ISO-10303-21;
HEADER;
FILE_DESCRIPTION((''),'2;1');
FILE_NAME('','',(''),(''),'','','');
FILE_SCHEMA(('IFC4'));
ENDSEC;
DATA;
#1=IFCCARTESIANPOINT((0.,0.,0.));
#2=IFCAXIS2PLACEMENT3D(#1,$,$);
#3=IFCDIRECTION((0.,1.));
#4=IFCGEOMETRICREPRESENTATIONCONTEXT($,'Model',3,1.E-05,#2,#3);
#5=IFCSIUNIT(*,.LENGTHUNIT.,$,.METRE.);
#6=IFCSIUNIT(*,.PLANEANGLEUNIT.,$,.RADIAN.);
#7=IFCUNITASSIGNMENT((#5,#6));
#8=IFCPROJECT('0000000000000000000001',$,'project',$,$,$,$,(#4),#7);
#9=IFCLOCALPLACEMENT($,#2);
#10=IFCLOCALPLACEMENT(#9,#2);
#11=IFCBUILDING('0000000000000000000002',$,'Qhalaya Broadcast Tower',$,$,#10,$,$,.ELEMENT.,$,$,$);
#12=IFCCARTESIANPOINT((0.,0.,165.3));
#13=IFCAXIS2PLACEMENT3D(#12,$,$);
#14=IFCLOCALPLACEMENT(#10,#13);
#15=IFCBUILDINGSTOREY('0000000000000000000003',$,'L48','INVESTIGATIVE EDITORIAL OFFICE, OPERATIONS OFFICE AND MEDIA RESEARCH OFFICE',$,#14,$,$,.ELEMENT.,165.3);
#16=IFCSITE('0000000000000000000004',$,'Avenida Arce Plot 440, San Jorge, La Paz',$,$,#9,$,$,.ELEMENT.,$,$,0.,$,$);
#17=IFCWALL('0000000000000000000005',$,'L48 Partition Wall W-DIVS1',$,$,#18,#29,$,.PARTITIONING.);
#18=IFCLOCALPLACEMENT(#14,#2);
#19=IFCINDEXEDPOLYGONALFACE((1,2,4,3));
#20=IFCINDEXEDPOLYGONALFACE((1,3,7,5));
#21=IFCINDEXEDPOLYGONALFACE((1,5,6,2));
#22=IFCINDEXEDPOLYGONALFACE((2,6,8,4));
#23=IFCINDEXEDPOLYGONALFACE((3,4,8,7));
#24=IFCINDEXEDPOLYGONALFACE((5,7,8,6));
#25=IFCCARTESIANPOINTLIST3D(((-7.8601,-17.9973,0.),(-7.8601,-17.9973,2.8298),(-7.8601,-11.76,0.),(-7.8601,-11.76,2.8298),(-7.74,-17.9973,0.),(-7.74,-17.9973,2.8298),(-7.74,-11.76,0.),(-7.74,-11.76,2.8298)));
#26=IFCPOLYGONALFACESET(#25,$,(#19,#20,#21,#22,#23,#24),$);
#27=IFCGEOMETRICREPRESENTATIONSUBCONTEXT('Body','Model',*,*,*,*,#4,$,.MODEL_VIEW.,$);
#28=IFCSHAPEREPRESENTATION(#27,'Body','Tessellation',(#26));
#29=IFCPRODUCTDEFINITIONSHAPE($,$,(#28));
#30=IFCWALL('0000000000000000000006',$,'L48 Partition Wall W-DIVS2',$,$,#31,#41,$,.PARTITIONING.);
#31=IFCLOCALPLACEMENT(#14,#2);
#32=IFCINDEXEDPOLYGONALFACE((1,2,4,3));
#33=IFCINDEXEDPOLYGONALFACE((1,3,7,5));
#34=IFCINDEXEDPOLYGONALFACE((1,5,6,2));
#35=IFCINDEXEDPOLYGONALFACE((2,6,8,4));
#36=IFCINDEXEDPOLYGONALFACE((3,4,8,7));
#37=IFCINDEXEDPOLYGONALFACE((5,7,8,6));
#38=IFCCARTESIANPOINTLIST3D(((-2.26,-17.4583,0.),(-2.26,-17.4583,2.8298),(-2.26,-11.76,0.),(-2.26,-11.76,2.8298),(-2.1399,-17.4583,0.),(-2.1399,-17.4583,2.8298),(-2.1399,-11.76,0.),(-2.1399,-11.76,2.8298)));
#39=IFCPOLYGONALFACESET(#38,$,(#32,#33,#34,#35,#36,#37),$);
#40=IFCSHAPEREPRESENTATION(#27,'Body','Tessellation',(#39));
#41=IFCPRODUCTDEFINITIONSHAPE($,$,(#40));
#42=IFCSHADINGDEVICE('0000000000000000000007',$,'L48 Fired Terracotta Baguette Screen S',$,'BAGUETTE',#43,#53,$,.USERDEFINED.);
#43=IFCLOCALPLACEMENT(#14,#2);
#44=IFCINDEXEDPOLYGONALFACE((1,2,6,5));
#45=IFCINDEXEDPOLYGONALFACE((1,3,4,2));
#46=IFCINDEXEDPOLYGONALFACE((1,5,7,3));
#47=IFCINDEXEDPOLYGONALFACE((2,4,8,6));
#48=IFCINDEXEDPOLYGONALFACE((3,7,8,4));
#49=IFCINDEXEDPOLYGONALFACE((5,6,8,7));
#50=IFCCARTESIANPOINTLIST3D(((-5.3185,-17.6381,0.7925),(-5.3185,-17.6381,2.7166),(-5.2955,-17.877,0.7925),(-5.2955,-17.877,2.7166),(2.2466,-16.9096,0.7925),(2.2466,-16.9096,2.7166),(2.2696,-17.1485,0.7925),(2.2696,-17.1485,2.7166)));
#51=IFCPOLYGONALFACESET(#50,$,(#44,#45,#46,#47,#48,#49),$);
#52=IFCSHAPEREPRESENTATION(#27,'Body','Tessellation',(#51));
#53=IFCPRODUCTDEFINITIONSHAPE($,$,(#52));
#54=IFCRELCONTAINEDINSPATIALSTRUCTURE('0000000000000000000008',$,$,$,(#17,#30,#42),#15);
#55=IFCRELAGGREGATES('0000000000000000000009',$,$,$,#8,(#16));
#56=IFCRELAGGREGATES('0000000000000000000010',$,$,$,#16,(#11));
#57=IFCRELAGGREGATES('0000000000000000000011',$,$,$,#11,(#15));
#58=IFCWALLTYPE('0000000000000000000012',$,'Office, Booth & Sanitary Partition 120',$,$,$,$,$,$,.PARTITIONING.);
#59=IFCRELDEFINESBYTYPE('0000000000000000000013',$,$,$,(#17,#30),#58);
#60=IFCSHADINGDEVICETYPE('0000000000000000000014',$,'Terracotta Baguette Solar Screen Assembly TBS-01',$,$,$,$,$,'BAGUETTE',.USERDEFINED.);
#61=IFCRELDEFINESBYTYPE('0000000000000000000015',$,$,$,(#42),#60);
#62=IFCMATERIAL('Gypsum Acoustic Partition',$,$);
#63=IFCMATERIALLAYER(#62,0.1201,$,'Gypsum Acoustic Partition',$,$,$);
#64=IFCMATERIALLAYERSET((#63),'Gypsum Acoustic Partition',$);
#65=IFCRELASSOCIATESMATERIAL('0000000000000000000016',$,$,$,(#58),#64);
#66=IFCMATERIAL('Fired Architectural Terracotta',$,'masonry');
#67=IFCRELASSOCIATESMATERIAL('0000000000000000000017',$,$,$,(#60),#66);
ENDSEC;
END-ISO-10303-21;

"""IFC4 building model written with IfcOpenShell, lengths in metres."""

from ifc_helpers import new_model, si_unit, direction, frame, frame_2d, origin, origin_2d, place, context, subcontext, project, spatial, rectangle, extrude, material, layer, layer_set, type_object, element, save


model = new_model("IFC4")

# Units and contexts
model_context = context("Model", 3, precision=1e-05, world=origin(), true_north=direction((0.0, 1.0)))
body_context = subcontext(model_context, "Body", "Model", "MODEL_VIEW")
ifc_project = project(units=[si_unit("LENGTHUNIT", "METRE"), si_unit("PLANEANGLEUNIT", "RADIAN")], contexts=[model_context])

# Site, building, storey
site_placement = place(None, origin())
site = spatial("IfcSite", under=ifc_project, at=site_placement, Name="Avenida Arce Plot 440, San Jorge, La Paz", CompositionType="ELEMENT", RefElevation=0.0)
building_placement = place(site_placement, origin())
building = spatial("IfcBuilding", under=site, at=building_placement, Name="Qhalaya Broadcast Tower", CompositionType="ELEMENT")
storey_placement = place(building_placement, frame((0.0, 0.0, 165.3)))
storey = spatial("IfcBuildingStorey", under=building, at=storey_placement, Name="L48", Description="INVESTIGATIVE EDITORIAL OFFICE, OPERATIONS OFFICE AND MEDIA RESEARCH OFFICE", CompositionType="ELEMENT", Elevation=165.3)

# Shared definitions
ifc_material_1 = material(Name="Fired Architectural Terracotta", Category="masonry")

# Shared definitions
ifc_material_2 = material(Name="Gypsum Acoustic Partition")

# Walls
ifc_layer_1 = layer(ifc_material_2, 0.1201, Name="Gypsum Acoustic Partition")
ifc_layer_set_1 = layer_set([ifc_layer_1], Name="Gypsum Acoustic Partition")
wall_type_1 = type_object("IfcWallType", Name="Office, Booth & Sanitary Partition 120", PredefinedType="PARTITIONING", material=ifc_layer_set_1)
wall_1_placement = place(storey_placement, frame((-7.8, -17.9973, 0.0), z_axis=(0.0, 0.0, 1.0), x_axis=(0.0, 1.0, 0.0)))
element("IfcWall", 1, at=wall_1_placement, inside=storey, type_object=wall_type_1, Name="L48 Partition Wall W-DIVS1", PredefinedType="PARTITIONING", context=body_context, shape_type="SweptSolid", body=[
    extrude(rectangle(XDim=6.2373, YDim=0.1201, at=frame_2d((3.1187, 0.0))), origin(), (0.0, 0.0, 1.0), 2.8298),
])
wall_2_placement = place(storey_placement, frame((-2.2, -17.4583, 0.0), z_axis=(0.0, 0.0, 1.0), x_axis=(0.0, 1.0, 0.0)))
element("IfcWall", 2, at=wall_2_placement, inside=storey, type_object=wall_type_1, Name="L48 Partition Wall W-DIVS2", PredefinedType="PARTITIONING", context=body_context, shape_type="SweptSolid", body=[
    extrude(rectangle(XDim=5.6982, YDim=0.1201, at=frame_2d((2.8491, 0.0))), origin(), (0.0, 0.0, 1.0), 2.8298),
])

# Shading device
shading_device_type = type_object("IfcShadingDeviceType", Name="Terracotta Baguette Solar Screen Assembly TBS-01", ElementType="BAGUETTE", PredefinedType="USERDEFINED", material=ifc_material_1)
shading_device_placement = place(storey_placement, frame((-1.5244, -17.3933, 0.7925), z_axis=(0.0, 0.0, 1.0), x_axis=(0.995396, 0.095846, 0.0)))
element("IfcShadingDevice", 3, at=shading_device_placement, inside=storey, type_object=shading_device_type, Name="L48 Fired Terracotta Baguette Screen S", ObjectType="BAGUETTE", PredefinedType="USERDEFINED", context=body_context, shape_type="SweptSolid", body=[
    extrude(rectangle(XDim=7.6001, YDim=0.24, at=origin_2d()), origin(), (0.0, 0.0, 1.0), 1.9241),
])

save(model, "model.ifc")
